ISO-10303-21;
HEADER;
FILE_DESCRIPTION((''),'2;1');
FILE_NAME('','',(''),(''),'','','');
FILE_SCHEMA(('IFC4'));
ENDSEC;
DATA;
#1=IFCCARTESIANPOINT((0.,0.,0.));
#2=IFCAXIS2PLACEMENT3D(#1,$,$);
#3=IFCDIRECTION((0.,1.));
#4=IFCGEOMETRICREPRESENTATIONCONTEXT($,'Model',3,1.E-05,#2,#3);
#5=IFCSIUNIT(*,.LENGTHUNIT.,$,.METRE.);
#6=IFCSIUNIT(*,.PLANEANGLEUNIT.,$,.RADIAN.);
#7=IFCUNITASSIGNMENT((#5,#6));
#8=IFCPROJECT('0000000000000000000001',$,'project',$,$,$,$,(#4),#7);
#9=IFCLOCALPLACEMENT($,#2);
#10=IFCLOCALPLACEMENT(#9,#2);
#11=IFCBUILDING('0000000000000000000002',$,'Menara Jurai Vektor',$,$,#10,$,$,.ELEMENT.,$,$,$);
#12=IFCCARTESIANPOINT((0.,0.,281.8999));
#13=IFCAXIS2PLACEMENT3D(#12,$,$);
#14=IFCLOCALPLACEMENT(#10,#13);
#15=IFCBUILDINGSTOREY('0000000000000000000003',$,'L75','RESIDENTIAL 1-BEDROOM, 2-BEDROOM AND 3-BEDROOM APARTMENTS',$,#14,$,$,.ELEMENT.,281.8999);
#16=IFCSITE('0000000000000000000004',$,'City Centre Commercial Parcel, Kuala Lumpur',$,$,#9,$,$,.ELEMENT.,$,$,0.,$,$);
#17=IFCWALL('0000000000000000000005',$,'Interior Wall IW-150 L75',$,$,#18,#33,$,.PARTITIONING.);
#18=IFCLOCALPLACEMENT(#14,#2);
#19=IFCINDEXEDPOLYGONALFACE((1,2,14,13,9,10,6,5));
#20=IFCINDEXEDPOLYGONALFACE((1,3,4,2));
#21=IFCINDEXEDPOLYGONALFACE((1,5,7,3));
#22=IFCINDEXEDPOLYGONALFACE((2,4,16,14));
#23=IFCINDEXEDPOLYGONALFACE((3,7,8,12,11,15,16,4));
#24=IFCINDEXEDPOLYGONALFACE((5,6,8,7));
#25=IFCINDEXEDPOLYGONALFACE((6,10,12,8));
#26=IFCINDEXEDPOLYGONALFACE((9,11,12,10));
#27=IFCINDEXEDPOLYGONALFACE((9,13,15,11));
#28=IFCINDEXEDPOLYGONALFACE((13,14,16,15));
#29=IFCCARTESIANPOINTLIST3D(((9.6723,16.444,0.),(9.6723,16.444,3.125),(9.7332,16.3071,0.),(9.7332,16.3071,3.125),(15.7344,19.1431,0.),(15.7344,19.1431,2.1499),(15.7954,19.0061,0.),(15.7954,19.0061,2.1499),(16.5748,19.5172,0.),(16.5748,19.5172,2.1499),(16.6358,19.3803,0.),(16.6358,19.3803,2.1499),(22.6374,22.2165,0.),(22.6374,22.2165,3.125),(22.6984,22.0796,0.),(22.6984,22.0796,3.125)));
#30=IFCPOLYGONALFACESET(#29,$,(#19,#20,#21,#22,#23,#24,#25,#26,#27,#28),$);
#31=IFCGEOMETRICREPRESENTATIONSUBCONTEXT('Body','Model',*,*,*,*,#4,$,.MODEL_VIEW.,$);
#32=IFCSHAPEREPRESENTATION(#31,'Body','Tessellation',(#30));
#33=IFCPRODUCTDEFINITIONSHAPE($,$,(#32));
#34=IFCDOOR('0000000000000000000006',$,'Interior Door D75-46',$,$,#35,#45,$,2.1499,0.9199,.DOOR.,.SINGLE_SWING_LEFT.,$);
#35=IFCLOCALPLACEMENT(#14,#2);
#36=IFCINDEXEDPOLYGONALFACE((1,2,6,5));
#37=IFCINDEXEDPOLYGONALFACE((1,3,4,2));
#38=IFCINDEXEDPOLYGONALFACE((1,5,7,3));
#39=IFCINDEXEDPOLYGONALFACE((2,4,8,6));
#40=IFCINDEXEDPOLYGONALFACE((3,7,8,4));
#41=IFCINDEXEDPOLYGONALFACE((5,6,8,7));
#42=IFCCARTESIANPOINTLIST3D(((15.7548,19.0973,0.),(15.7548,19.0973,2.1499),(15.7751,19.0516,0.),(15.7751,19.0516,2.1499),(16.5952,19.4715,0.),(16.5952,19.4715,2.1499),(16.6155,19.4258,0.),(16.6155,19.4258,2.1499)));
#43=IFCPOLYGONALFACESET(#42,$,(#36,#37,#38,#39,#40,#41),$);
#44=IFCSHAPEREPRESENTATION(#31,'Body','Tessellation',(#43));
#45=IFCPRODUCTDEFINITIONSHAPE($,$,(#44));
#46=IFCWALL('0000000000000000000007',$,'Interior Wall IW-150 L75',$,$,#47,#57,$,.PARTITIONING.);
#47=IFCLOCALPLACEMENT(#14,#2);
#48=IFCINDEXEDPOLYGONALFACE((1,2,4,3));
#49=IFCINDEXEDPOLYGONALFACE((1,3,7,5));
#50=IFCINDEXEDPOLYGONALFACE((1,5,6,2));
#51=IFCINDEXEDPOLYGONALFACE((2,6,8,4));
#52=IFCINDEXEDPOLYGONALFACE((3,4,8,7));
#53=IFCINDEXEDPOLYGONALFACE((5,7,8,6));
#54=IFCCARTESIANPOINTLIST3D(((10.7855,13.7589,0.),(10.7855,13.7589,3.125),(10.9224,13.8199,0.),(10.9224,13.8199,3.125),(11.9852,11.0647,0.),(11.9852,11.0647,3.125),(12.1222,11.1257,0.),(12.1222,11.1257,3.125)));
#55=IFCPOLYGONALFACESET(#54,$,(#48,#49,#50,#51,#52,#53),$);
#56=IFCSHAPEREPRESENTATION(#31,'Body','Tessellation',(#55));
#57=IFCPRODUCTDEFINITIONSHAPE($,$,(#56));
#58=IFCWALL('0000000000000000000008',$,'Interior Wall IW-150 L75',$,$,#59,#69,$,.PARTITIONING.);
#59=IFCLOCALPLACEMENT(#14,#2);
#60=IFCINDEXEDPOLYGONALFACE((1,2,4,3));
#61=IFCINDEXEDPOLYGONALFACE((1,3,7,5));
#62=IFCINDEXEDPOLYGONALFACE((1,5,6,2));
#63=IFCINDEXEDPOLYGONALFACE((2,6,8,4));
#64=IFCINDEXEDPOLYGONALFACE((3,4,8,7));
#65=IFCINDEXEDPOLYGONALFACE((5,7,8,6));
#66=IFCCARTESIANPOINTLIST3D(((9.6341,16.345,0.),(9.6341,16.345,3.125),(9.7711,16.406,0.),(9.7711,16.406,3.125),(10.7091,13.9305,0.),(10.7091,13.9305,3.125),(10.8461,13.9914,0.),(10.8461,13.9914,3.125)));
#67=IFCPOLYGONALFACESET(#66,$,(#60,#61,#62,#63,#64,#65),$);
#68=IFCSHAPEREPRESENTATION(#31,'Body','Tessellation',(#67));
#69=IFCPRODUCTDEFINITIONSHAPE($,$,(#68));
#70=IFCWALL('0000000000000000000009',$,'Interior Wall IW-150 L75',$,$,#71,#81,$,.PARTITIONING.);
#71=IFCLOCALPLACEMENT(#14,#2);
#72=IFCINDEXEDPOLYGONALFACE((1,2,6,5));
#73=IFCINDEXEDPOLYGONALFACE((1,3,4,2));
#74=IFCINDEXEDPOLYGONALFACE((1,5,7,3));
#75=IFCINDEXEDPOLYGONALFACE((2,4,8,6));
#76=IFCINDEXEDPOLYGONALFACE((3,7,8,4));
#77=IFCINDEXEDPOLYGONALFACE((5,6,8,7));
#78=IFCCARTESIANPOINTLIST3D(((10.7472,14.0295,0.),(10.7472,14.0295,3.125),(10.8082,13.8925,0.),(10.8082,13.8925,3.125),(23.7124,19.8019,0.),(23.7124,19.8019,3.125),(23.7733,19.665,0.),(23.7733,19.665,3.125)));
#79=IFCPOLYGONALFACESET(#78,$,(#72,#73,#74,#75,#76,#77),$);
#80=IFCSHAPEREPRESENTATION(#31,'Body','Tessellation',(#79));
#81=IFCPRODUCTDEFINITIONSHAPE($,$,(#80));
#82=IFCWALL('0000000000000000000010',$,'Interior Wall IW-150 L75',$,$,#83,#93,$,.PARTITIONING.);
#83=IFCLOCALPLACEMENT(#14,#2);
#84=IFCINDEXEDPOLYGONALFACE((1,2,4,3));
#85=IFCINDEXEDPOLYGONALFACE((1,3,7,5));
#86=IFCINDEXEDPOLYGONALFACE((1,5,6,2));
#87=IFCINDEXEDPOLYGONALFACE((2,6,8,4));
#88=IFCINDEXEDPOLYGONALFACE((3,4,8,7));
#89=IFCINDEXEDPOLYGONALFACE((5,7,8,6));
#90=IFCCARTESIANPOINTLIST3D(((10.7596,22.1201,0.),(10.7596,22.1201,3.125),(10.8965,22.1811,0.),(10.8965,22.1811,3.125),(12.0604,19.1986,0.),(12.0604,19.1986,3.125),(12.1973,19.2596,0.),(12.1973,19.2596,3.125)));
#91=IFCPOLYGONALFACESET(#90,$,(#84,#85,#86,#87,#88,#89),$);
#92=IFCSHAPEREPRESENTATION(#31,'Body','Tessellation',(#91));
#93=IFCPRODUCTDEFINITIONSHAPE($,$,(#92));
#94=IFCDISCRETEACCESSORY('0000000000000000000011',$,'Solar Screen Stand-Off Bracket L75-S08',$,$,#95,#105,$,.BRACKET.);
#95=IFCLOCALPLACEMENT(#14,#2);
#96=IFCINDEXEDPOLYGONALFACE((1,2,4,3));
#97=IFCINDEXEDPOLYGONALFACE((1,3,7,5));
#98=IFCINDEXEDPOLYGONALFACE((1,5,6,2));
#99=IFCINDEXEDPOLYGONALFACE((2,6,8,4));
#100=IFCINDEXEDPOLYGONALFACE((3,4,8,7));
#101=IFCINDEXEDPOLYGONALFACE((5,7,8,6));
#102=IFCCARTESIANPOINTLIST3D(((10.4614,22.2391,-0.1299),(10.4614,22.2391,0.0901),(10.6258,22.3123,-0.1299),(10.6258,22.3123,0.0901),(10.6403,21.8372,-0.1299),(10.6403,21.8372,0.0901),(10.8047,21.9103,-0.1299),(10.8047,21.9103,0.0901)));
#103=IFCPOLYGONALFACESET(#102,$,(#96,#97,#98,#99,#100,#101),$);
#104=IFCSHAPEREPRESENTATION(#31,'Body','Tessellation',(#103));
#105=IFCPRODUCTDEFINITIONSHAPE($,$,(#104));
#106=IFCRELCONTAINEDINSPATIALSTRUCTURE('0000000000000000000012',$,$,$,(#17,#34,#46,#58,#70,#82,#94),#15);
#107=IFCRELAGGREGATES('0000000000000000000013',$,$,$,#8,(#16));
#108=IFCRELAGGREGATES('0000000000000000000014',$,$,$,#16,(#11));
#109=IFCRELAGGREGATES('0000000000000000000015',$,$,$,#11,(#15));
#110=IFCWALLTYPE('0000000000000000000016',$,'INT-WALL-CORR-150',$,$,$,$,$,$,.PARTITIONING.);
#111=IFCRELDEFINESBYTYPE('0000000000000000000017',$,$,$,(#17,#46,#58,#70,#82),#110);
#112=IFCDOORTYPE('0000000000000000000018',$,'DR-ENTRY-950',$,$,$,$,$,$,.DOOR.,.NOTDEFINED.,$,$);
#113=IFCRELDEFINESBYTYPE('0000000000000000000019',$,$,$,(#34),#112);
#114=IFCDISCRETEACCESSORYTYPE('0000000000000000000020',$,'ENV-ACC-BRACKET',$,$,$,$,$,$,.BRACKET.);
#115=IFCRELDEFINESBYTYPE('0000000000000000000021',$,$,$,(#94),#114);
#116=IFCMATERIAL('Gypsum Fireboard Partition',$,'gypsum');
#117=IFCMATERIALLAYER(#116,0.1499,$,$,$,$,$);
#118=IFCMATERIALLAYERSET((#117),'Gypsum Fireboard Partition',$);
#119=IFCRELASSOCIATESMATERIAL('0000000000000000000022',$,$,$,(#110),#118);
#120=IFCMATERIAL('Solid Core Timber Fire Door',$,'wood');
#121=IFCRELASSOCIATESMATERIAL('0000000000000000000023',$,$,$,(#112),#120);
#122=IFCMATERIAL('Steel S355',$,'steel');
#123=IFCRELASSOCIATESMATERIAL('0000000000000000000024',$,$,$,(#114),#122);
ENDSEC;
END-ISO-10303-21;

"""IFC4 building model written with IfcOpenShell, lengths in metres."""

from ifc_helpers import new_model, si_unit, direction, frame, frame_2d, origin, origin_2d, place, context, subcontext, project, spatial, rectangle, extrude, material, layer, layer_set, type_object, element, fill, save


model = new_model("IFC4")

# Units and contexts
model_context = context("Model", 3, precision=1e-05, world=origin(), true_north=direction((0.0, 1.0)))
body_context = subcontext(model_context, "Body", "Model", "MODEL_VIEW")
ifc_project = project(units=[si_unit("LENGTHUNIT", "METRE"), si_unit("PLANEANGLEUNIT", "RADIAN")], contexts=[model_context])

# Site, building, storey
site_placement = place(None, origin())
site = spatial("IfcSite", under=ifc_project, at=site_placement, Name="City Centre Commercial Parcel, Kuala Lumpur", CompositionType="ELEMENT", RefElevation=0.0)
building_placement = place(site_placement, origin())
building = spatial("IfcBuilding", under=site, at=building_placement, Name="Menara Jurai Vektor", CompositionType="ELEMENT")
storey_placement = place(building_placement, frame((0.0, 0.0, 281.8999)))
storey = spatial("IfcBuildingStorey", under=building, at=storey_placement, Name="L75", Description="RESIDENTIAL 1-BEDROOM, 2-BEDROOM AND 3-BEDROOM APARTMENTS", CompositionType="ELEMENT", Elevation=281.8999)

# Shared definitions
ifc_material_1 = material(Name="Steel S355", Category="steel")

# Wall, opening, door
ifc_material_2 = material(Name="Gypsum Fireboard Partition", Category="gypsum")
ifc_layer_1 = layer(ifc_material_2, 0.1499)
ifc_layer_set_1 = layer_set([ifc_layer_1], Name="Gypsum Fireboard Partition")
wall_type = type_object("IfcWallType", Name="INT-WALL-CORR-150", PredefinedType="PARTITIONING", material=ifc_layer_set_1)
ifc_material_3 = material(Name="Solid Core Timber Fire Door", Category="wood")
door_type = type_object("IfcDoorType", Name="DR-ENTRY-950", OperationType="NOTDEFINED", PredefinedType="DOOR", material=ifc_material_3)
wall_1_placement = place(storey_placement, frame((9.7026, 16.3755, 0.0), z_axis=(0.0, 0.0, 1.0), x_axis=(0.913545, 0.406739, 0.0)))
wall_1 = element("IfcWall", 1, at=wall_1_placement, inside=storey, type_object=wall_type, Name="Interior Wall IW-150 L75", PredefinedType="PARTITIONING", context=body_context, shape_type="SweptSolid", body=[
    extrude(rectangle(XDim=14.1921, YDim=0.1499, at=frame_2d((7.0962, 0.0))), origin(), (0.0, 0.0, 1.0), 3.125),
])
opening_1_placement = place(wall_1_placement, frame((6.636, 0.0, 0.0)))
opening_1 = element("IfcOpeningElement", 2, at=opening_1_placement, cuts=wall_1, PredefinedType="OPENING", context=body_context, shape_type="SweptSolid", body=[
    extrude(rectangle(XDim=0.9199, YDim=2.1499, at=frame_2d((0.46, 1.075))), frame((0.0, 0.085, 0.0), z_axis=(0.0, -1.0, 0.0), x_axis=(1.0, 0.0, 0.0)), (0.0, 0.0, 1.0), 0.1699),
])
door_1_placement = place(opening_1_placement, origin())
door_1 = element("IfcDoor", 3, at=door_1_placement, inside=storey, type_object=door_type, Name="Interior Door D75-46", OperationType="SINGLE_SWING_LEFT", OverallHeight=2.1499, OverallWidth=0.9199, PredefinedType="DOOR", context=body_context, shape_type="SweptSolid", body=[
    extrude(rectangle(XDim=0.9199, YDim=2.1499, at=frame_2d((0.46, 1.075))), frame((0.0, 0.0249, 0.0), z_axis=(0.0, -1.0, 0.0), x_axis=(1.0, 0.0, 0.0)), (0.0, 0.0, 1.0), 0.05),
])
fill(opening_1, door_1)

# Walls
wall_2_placement = place(storey_placement, frame((12.0537, 11.0952, 0.0), z_axis=(0.0, 0.0, 1.0), x_axis=(-0.406799, 0.913518, 0.0)))
element("IfcWall", 4, at=wall_2_placement, inside=storey, type_object=wall_type, Name="Interior Wall IW-150 L75", PredefinedType="PARTITIONING", context=body_context, shape_type="SweptSolid", body=[
    extrude(rectangle(XDim=2.9492, YDim=0.1499, at=frame_2d((1.4746, 0.0))), origin(), (0.0, 0.0, 1.0), 3.125),
])
wall_3_placement = place(storey_placement, frame((10.7776, 13.9609, 0.0), z_axis=(0.0, 0.0, 1.0), x_axis=(-0.406713, 0.913556, 0.0)))
element("IfcWall", 5, at=wall_3_placement, inside=storey, type_object=wall_type, Name="Interior Wall IW-150 L75", PredefinedType="PARTITIONING", context=body_context, shape_type="SweptSolid", body=[
    extrude(rectangle(XDim=2.6431, YDim=0.1499, at=frame_2d((1.3215, 0.0))), origin(), (0.0, 0.0, 1.0), 3.125),
])
wall_4_placement = place(storey_placement, frame((10.7776, 13.9609, 0.0), z_axis=(0.0, 0.0, 1.0), x_axis=(0.913545, 0.406739, 0.0)))
element("IfcWall", 6, at=wall_4_placement, inside=storey, type_object=wall_type, Name="Interior Wall IW-150 L75", PredefinedType="PARTITIONING", context=body_context, shape_type="SweptSolid", body=[
    extrude(rectangle(XDim=14.1921, YDim=0.1499, at=frame_2d((7.0962, 0.0))), origin(), (0.0, 0.0, 1.0), 3.125),
])
wall_5_placement = place(storey_placement, frame((12.1289, 19.229, 0.0), z_axis=(0.0, 0.0, 1.0), x_axis=(-0.406762, 0.913534, 0.0)))
element("IfcWall", 7, at=wall_5_placement, inside=storey, type_object=wall_type, Name="Interior Wall IW-150 L75", PredefinedType="PARTITIONING", context=body_context, shape_type="SweptSolid", body=[
    extrude(rectangle(XDim=3.198, YDim=0.1499, at=frame_2d((1.5991, 0.0))), origin(), (0.0, 0.0, 1.0), 3.125),
])

# Discrete accessory
discrete_accessory_type = type_object("IfcDiscreteAccessoryType", Name="ENV-ACC-BRACKET", PredefinedType="BRACKET", material=ifc_material_1)
discrete_accessory_placement = place(storey_placement, frame((10.6331, 22.0747, -0.1299), z_axis=(0.0, 0.0, 1.0), x_axis=(-0.913545, -0.406737, 0.0)))
element("IfcDiscreteAccessory", 8, at=discrete_accessory_placement, inside=storey, type_object=discrete_accessory_type, Name="Solar Screen Stand-Off Bracket L75-S08", PredefinedType="BRACKET", context=body_context, shape_type="SweptSolid", body=[
    extrude(rectangle(XDim=0.1799, YDim=0.4399, at=origin_2d()), origin(), (0.0, 0.0, 1.0), 0.22),
])

save(model, "model.ifc")
